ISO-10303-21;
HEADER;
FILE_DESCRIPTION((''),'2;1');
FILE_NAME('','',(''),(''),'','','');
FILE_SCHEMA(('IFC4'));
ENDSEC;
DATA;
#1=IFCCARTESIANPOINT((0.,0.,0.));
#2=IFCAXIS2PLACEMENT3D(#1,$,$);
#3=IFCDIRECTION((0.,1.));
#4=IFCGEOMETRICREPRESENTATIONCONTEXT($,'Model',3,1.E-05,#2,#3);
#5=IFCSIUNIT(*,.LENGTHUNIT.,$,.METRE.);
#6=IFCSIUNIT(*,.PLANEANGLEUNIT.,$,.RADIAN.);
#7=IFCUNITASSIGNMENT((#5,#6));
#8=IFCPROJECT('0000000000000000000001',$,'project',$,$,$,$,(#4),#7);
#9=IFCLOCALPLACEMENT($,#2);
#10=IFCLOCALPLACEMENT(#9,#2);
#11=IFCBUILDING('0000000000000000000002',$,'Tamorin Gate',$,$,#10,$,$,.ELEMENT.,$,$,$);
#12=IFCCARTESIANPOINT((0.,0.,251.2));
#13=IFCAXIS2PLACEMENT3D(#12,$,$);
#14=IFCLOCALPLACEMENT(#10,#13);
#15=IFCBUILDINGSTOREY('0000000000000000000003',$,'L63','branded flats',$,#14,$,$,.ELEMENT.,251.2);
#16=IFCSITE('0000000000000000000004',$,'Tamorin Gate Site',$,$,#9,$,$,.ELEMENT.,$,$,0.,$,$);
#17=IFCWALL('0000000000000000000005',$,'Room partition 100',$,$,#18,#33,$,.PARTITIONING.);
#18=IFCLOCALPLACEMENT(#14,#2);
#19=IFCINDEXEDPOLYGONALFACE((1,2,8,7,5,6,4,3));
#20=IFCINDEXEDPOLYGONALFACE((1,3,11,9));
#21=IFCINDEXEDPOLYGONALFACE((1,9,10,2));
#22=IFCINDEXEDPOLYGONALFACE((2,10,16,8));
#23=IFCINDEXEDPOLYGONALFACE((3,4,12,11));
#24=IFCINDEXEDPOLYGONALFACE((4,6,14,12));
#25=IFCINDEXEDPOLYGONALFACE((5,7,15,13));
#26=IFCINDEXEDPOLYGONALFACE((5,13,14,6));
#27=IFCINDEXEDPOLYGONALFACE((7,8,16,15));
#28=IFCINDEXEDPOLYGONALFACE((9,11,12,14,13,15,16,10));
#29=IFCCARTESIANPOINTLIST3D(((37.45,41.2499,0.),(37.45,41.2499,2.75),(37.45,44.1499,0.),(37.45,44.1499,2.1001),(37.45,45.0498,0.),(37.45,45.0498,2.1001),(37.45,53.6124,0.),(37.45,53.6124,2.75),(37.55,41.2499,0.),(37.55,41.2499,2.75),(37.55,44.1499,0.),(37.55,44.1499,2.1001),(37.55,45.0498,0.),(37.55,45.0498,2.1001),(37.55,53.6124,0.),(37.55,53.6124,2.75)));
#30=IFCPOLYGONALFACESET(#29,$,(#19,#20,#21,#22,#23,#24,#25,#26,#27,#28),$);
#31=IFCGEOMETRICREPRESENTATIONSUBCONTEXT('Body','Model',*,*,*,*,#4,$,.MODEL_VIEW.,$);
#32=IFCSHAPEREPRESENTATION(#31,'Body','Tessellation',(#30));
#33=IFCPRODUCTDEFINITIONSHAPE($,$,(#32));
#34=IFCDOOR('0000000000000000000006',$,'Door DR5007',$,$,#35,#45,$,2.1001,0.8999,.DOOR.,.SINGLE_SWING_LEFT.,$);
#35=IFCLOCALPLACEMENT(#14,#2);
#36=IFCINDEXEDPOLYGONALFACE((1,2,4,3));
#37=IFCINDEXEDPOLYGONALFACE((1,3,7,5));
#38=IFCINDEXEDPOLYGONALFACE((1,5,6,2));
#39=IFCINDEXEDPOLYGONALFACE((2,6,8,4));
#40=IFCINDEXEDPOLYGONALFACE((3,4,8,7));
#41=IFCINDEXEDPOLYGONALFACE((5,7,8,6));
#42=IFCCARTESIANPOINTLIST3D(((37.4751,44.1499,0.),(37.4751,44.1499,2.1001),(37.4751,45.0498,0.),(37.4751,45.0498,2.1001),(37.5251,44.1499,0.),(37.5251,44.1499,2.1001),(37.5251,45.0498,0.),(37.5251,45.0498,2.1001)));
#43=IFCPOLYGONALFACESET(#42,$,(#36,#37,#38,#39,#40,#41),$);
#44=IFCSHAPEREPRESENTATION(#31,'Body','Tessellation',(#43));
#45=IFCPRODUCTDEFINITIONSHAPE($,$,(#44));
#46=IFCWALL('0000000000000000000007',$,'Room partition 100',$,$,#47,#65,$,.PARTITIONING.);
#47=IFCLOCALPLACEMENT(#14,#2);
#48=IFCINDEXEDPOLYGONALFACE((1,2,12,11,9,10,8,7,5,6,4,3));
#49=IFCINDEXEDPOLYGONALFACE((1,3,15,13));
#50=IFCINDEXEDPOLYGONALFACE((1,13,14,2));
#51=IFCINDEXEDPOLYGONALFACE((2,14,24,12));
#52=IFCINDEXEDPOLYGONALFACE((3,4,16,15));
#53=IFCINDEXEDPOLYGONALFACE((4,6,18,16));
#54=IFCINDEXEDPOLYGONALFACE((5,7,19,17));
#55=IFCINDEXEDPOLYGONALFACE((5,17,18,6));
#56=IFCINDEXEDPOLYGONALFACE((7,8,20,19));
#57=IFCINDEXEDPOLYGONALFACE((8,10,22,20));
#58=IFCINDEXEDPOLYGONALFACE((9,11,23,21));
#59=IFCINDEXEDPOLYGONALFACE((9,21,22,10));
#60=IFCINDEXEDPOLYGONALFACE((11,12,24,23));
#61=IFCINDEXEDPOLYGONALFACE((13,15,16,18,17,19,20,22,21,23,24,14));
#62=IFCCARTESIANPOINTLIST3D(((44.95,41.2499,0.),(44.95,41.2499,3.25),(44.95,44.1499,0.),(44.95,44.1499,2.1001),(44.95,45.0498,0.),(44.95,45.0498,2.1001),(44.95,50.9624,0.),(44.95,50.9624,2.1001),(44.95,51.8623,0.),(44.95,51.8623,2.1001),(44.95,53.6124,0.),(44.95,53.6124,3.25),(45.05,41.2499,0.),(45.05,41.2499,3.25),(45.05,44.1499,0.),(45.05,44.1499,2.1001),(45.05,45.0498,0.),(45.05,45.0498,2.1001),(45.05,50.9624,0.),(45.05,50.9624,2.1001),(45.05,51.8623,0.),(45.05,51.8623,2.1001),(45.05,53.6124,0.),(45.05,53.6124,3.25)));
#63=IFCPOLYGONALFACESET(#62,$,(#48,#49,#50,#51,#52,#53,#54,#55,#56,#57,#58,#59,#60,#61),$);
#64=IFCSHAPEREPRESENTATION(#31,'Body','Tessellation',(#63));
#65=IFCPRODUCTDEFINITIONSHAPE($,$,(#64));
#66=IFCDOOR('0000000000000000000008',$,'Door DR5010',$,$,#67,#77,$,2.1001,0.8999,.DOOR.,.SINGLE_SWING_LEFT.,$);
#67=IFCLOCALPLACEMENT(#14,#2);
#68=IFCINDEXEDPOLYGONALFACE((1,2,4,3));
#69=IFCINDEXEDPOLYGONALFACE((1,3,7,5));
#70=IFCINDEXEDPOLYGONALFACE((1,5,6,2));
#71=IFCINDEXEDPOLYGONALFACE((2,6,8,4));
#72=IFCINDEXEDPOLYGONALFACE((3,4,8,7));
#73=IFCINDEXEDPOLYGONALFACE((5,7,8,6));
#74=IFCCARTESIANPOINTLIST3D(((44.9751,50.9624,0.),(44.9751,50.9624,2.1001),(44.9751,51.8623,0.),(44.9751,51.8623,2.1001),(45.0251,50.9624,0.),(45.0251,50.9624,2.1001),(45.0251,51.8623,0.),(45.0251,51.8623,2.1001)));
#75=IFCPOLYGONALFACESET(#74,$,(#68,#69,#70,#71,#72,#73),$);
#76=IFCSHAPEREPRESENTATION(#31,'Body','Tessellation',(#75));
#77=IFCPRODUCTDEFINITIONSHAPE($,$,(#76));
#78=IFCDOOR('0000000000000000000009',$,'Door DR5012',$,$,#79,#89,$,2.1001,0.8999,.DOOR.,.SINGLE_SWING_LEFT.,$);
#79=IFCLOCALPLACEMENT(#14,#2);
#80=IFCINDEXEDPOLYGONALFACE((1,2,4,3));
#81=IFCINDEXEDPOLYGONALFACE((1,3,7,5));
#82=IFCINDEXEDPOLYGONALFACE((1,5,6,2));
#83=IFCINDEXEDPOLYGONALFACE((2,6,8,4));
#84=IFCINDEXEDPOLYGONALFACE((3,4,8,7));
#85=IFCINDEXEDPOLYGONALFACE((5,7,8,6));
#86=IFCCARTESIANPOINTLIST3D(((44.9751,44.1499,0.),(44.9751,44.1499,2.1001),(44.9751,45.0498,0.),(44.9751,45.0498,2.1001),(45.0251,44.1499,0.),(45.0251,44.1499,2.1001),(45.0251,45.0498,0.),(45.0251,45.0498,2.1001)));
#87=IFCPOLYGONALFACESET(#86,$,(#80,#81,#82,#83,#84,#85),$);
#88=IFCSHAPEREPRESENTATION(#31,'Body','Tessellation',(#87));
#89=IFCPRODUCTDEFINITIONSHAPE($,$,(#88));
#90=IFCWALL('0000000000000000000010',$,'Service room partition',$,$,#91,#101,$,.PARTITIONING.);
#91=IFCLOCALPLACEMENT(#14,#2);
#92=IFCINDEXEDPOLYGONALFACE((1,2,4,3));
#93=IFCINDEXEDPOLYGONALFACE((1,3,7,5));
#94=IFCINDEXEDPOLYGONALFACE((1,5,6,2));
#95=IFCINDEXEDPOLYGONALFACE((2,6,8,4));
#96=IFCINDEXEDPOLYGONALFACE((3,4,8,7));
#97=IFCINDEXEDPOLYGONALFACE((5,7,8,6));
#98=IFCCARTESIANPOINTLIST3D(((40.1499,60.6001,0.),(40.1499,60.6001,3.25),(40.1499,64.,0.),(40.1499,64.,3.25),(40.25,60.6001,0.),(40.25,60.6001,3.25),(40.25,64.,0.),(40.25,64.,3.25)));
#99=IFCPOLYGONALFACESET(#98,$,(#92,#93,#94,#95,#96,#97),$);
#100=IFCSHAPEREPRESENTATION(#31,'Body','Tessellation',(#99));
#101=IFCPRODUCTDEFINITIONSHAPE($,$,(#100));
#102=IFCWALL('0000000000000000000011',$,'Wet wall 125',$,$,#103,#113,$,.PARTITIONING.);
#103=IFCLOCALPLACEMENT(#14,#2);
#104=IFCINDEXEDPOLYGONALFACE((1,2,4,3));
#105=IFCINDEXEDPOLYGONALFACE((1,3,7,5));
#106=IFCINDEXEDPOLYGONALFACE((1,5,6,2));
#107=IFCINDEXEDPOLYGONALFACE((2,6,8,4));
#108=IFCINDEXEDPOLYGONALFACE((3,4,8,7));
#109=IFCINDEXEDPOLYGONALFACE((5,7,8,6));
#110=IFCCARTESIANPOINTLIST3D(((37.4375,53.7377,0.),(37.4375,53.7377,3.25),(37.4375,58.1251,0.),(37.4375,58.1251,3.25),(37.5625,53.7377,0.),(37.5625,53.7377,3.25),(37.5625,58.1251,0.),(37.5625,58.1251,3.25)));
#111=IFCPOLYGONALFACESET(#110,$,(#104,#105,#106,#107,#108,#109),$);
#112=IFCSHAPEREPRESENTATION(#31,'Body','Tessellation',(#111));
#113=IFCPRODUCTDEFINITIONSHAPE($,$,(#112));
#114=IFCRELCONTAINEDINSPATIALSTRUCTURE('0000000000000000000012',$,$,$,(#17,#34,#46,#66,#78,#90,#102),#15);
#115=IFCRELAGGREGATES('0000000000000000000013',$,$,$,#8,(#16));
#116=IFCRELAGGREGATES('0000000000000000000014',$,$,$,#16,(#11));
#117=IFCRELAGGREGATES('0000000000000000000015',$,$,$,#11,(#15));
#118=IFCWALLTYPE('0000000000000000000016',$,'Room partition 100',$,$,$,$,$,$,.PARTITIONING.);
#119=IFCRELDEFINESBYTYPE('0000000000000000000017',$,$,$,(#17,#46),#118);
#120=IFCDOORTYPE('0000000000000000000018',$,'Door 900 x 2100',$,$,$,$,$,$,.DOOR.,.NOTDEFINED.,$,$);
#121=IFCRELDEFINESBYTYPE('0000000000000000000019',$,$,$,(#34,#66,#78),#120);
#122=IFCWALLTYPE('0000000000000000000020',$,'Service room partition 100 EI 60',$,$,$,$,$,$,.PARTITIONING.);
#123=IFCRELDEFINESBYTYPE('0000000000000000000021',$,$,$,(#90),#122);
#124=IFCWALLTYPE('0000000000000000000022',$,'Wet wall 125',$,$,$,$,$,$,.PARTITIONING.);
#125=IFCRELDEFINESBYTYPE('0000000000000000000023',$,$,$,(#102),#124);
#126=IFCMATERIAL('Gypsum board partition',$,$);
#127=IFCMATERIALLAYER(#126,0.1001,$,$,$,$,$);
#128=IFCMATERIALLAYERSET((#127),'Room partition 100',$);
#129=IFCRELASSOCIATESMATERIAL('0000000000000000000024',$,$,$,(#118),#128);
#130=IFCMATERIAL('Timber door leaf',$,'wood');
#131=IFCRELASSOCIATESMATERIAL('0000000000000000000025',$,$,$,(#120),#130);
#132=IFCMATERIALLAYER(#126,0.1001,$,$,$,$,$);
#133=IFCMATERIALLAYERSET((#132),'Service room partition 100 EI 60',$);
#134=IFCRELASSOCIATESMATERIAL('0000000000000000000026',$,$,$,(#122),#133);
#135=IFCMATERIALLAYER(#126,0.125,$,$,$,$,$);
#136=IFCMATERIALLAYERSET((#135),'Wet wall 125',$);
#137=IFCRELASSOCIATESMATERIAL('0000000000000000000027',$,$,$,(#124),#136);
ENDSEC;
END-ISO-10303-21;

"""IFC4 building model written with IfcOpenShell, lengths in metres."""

from ifc_helpers import new_model, si_unit, direction, frame, frame_2d, origin, place, context, subcontext, project, spatial, rectangle, extrude, material, layer, layer_set, type_object, element, fill, save


model = new_model("IFC4")

# Units and contexts
model_context = context("Model", 3, precision=1e-05, world=origin(), true_north=direction((0.0, 1.0)))
body_context = subcontext(model_context, "Body", "Model", "MODEL_VIEW")
ifc_project = project(units=[si_unit("LENGTHUNIT", "METRE"), si_unit("PLANEANGLEUNIT", "RADIAN")], contexts=[model_context])

# Site, building, storey
site_placement = place(None, origin())
site = spatial("IfcSite", under=ifc_project, at=site_placement, Name="Tamorin Gate Site", CompositionType="ELEMENT", RefElevation=0.0)
building_placement = place(site_placement, origin())
building = spatial("IfcBuilding", under=site, at=building_placement, Name="Tamorin Gate", CompositionType="ELEMENT")
storey_placement = place(building_placement, frame((0.0, 0.0, 251.2)))
storey = spatial("IfcBuildingStorey", under=building, at=storey_placement, Name="L63", Description="branded flats", CompositionType="ELEMENT", Elevation=251.2)

# Shared definitions
ifc_material_1 = material(Name="Gypsum board partition")

# Wall, opening, door
ifc_layer_1 = layer(ifc_material_1, 0.1001)
ifc_layer_set_1 = layer_set([ifc_layer_1], Name="Room partition 100")
wall_type_1 = type_object("IfcWallType", Name="Room partition 100", PredefinedType="PARTITIONING", material=ifc_layer_set_1)
wall_1_placement = place(storey_placement, frame((37.5, 41.25, 0.0), z_axis=(0.0, 0.0, 1.0), x_axis=(0.0, 1.0, 0.0)))
wall_1 = element("IfcWall", 1, at=wall_1_placement, inside=storey, type_object=wall_type_1, Name="Room partition 100", PredefinedType="PARTITIONING", context=body_context, shape_type="SweptSolid", body=[
    extrude(rectangle(XDim=12.3625, YDim=0.1001, at=frame_2d((6.1812, 0.0))), origin(), (0.0, 0.0, 1.0), 2.75),
])
opening_1_placement = place(wall_1_placement, frame((2.8999, 0.0, 0.0)))
opening_1 = element("IfcOpeningElement", 2, at=opening_1_placement, cuts=wall_1, PredefinedType="OPENING", context=body_context, shape_type="SweptSolid", body=[
    extrude(rectangle(XDim=0.8999, YDim=2.1001, at=frame_2d((0.45, 1.05))), frame((0.0, 0.0601, 0.0), z_axis=(0.0, -1.0, 0.0), x_axis=(1.0, 0.0, 0.0)), (0.0, 0.0, 1.0), 0.1201),
])
ifc_material_2 = material(Name="Timber door leaf", Category="wood")
door_type = type_object("IfcDoorType", Name="Door 900 x 2100", OperationType="NOTDEFINED", PredefinedType="DOOR", material=ifc_material_2)
door_1_placement = place(opening_1_placement, origin())
door_1 = element("IfcDoor", 3, at=door_1_placement, inside=storey, type_object=door_type, Name="Door DR5007", OperationType="SINGLE_SWING_LEFT", OverallHeight=2.1001, OverallWidth=0.8999, PredefinedType="DOOR", context=body_context, shape_type="SweptSolid", body=[
    extrude(rectangle(XDim=0.8999, YDim=2.1001, at=frame_2d((0.45, 1.05))), frame((0.0, 0.0249, 0.0), z_axis=(0.0, -1.0, 0.0), x_axis=(1.0, 0.0, 0.0)), (0.0, 0.0, 1.0), 0.05),
])
fill(opening_1, door_1)

# Wall, openings, doors
wall_2_placement = place(storey_placement, frame((45.0, 41.25, 0.0), z_axis=(0.0, 0.0, 1.0), x_axis=(0.0, 1.0, 0.0)))
wall_2 = element("IfcWall", 4, at=wall_2_placement, inside=storey, type_object=wall_type_1, Name="Room partition 100", PredefinedType="PARTITIONING", context=body_context, shape_type="SweptSolid", body=[
    extrude(rectangle(XDim=12.3625, YDim=0.1001, at=frame_2d((6.1812, 0.0))), origin(), (0.0, 0.0, 1.0), 3.25),
])
opening_2_placement = place(wall_2_placement, frame((9.7124, 0.0, 0.0)))
opening_2 = element("IfcOpeningElement", 5, at=opening_2_placement, cuts=wall_2, PredefinedType="OPENING", context=body_context, shape_type="SweptSolid", body=[
    extrude(rectangle(XDim=0.8999, YDim=2.1001, at=frame_2d((0.45, 1.05))), frame((0.0, 0.0601, 0.0), z_axis=(0.0, -1.0, 0.0), x_axis=(1.0, 0.0, 0.0)), (0.0, 0.0, 1.0), 0.1201),
])
opening_3_placement = place(wall_2_placement, frame((2.8999, 0.0, 0.0)))
opening_3 = element("IfcOpeningElement", 6, at=opening_3_placement, cuts=wall_2, PredefinedType="OPENING", context=body_context, shape_type="SweptSolid", body=[
    extrude(rectangle(XDim=0.8999, YDim=2.1001, at=frame_2d((0.45, 1.05))), frame((0.0, 0.0601, 0.0), z_axis=(0.0, -1.0, 0.0), x_axis=(1.0, 0.0, 0.0)), (0.0, 0.0, 1.0), 0.1201),
])
door_2_placement = place(opening_2_placement, origin())
door_2 = element("IfcDoor", 7, at=door_2_placement, inside=storey, type_object=door_type, Name="Door DR5010", OperationType="SINGLE_SWING_LEFT", OverallHeight=2.1001, OverallWidth=0.8999, PredefinedType="DOOR", context=body_context, shape_type="SweptSolid", body=[
    extrude(rectangle(XDim=0.8999, YDim=2.1001, at=frame_2d((0.45, 1.05))), frame((0.0, 0.0249, 0.0), z_axis=(0.0, -1.0, 0.0), x_axis=(1.0, 0.0, 0.0)), (0.0, 0.0, 1.0), 0.05),
])
fill(opening_2, door_2)
door_3_placement = place(opening_3_placement, origin())
door_3 = element("IfcDoor", 8, at=door_3_placement, inside=storey, type_object=door_type, Name="Door DR5012", OperationType="SINGLE_SWING_LEFT", OverallHeight=2.1001, OverallWidth=0.8999, PredefinedType="DOOR", context=body_context, shape_type="SweptSolid", body=[
    extrude(rectangle(XDim=0.8999, YDim=2.1001, at=frame_2d((0.45, 1.05))), frame((0.0, 0.0249, 0.0), z_axis=(0.0, -1.0, 0.0), x_axis=(1.0, 0.0, 0.0)), (0.0, 0.0, 1.0), 0.05),
])
fill(opening_3, door_3)

# Walls
ifc_layer_2 = layer(ifc_material_1, 0.1001)
ifc_layer_set_2 = layer_set([ifc_layer_2], Name="Service room partition 100 EI 60")
wall_type_2 = type_object("IfcWallType", Name="Service room partition 100 EI 60", PredefinedType="PARTITIONING", material=ifc_layer_set_2)
wall_3_placement = place(storey_placement, frame((40.2, 60.6001, 0.0), z_axis=(0.0, 0.0, 1.0), x_axis=(0.0, 1.0, 0.0)))
element("IfcWall", 9, at=wall_3_placement, inside=storey, type_object=wall_type_2, Name="Service room partition", PredefinedType="PARTITIONING", context=body_context, shape_type="SweptSolid", body=[
    extrude(rectangle(XDim=3.3999, YDim=0.1001, at=frame_2d((1.7, 0.0))), origin(), (0.0, 0.0, 1.0), 3.25),
])
ifc_layer_3 = layer(ifc_material_1, 0.125)
ifc_layer_set_3 = layer_set([ifc_layer_3], Name="Wet wall 125")
wall_type_3 = type_object("IfcWallType", Name="Wet wall 125", PredefinedType="PARTITIONING", material=ifc_layer_set_3)
wall_4_placement = place(storey_placement, frame((37.5, 53.7375, 0.0), z_axis=(0.0, 0.0, 1.0), x_axis=(0.0, 1.0, 0.0)))
element("IfcWall", 10, at=wall_4_placement, inside=storey, type_object=wall_type_3, Name="Wet wall 125", PredefinedType="PARTITIONING", context=body_context, shape_type="SweptSolid", body=[
    extrude(rectangle(XDim=4.3875, YDim=0.125, at=frame_2d((2.1938, 0.0))), origin(), (0.0, 0.0, 1.0), 3.25),
])

save(model, "model.ifc")
